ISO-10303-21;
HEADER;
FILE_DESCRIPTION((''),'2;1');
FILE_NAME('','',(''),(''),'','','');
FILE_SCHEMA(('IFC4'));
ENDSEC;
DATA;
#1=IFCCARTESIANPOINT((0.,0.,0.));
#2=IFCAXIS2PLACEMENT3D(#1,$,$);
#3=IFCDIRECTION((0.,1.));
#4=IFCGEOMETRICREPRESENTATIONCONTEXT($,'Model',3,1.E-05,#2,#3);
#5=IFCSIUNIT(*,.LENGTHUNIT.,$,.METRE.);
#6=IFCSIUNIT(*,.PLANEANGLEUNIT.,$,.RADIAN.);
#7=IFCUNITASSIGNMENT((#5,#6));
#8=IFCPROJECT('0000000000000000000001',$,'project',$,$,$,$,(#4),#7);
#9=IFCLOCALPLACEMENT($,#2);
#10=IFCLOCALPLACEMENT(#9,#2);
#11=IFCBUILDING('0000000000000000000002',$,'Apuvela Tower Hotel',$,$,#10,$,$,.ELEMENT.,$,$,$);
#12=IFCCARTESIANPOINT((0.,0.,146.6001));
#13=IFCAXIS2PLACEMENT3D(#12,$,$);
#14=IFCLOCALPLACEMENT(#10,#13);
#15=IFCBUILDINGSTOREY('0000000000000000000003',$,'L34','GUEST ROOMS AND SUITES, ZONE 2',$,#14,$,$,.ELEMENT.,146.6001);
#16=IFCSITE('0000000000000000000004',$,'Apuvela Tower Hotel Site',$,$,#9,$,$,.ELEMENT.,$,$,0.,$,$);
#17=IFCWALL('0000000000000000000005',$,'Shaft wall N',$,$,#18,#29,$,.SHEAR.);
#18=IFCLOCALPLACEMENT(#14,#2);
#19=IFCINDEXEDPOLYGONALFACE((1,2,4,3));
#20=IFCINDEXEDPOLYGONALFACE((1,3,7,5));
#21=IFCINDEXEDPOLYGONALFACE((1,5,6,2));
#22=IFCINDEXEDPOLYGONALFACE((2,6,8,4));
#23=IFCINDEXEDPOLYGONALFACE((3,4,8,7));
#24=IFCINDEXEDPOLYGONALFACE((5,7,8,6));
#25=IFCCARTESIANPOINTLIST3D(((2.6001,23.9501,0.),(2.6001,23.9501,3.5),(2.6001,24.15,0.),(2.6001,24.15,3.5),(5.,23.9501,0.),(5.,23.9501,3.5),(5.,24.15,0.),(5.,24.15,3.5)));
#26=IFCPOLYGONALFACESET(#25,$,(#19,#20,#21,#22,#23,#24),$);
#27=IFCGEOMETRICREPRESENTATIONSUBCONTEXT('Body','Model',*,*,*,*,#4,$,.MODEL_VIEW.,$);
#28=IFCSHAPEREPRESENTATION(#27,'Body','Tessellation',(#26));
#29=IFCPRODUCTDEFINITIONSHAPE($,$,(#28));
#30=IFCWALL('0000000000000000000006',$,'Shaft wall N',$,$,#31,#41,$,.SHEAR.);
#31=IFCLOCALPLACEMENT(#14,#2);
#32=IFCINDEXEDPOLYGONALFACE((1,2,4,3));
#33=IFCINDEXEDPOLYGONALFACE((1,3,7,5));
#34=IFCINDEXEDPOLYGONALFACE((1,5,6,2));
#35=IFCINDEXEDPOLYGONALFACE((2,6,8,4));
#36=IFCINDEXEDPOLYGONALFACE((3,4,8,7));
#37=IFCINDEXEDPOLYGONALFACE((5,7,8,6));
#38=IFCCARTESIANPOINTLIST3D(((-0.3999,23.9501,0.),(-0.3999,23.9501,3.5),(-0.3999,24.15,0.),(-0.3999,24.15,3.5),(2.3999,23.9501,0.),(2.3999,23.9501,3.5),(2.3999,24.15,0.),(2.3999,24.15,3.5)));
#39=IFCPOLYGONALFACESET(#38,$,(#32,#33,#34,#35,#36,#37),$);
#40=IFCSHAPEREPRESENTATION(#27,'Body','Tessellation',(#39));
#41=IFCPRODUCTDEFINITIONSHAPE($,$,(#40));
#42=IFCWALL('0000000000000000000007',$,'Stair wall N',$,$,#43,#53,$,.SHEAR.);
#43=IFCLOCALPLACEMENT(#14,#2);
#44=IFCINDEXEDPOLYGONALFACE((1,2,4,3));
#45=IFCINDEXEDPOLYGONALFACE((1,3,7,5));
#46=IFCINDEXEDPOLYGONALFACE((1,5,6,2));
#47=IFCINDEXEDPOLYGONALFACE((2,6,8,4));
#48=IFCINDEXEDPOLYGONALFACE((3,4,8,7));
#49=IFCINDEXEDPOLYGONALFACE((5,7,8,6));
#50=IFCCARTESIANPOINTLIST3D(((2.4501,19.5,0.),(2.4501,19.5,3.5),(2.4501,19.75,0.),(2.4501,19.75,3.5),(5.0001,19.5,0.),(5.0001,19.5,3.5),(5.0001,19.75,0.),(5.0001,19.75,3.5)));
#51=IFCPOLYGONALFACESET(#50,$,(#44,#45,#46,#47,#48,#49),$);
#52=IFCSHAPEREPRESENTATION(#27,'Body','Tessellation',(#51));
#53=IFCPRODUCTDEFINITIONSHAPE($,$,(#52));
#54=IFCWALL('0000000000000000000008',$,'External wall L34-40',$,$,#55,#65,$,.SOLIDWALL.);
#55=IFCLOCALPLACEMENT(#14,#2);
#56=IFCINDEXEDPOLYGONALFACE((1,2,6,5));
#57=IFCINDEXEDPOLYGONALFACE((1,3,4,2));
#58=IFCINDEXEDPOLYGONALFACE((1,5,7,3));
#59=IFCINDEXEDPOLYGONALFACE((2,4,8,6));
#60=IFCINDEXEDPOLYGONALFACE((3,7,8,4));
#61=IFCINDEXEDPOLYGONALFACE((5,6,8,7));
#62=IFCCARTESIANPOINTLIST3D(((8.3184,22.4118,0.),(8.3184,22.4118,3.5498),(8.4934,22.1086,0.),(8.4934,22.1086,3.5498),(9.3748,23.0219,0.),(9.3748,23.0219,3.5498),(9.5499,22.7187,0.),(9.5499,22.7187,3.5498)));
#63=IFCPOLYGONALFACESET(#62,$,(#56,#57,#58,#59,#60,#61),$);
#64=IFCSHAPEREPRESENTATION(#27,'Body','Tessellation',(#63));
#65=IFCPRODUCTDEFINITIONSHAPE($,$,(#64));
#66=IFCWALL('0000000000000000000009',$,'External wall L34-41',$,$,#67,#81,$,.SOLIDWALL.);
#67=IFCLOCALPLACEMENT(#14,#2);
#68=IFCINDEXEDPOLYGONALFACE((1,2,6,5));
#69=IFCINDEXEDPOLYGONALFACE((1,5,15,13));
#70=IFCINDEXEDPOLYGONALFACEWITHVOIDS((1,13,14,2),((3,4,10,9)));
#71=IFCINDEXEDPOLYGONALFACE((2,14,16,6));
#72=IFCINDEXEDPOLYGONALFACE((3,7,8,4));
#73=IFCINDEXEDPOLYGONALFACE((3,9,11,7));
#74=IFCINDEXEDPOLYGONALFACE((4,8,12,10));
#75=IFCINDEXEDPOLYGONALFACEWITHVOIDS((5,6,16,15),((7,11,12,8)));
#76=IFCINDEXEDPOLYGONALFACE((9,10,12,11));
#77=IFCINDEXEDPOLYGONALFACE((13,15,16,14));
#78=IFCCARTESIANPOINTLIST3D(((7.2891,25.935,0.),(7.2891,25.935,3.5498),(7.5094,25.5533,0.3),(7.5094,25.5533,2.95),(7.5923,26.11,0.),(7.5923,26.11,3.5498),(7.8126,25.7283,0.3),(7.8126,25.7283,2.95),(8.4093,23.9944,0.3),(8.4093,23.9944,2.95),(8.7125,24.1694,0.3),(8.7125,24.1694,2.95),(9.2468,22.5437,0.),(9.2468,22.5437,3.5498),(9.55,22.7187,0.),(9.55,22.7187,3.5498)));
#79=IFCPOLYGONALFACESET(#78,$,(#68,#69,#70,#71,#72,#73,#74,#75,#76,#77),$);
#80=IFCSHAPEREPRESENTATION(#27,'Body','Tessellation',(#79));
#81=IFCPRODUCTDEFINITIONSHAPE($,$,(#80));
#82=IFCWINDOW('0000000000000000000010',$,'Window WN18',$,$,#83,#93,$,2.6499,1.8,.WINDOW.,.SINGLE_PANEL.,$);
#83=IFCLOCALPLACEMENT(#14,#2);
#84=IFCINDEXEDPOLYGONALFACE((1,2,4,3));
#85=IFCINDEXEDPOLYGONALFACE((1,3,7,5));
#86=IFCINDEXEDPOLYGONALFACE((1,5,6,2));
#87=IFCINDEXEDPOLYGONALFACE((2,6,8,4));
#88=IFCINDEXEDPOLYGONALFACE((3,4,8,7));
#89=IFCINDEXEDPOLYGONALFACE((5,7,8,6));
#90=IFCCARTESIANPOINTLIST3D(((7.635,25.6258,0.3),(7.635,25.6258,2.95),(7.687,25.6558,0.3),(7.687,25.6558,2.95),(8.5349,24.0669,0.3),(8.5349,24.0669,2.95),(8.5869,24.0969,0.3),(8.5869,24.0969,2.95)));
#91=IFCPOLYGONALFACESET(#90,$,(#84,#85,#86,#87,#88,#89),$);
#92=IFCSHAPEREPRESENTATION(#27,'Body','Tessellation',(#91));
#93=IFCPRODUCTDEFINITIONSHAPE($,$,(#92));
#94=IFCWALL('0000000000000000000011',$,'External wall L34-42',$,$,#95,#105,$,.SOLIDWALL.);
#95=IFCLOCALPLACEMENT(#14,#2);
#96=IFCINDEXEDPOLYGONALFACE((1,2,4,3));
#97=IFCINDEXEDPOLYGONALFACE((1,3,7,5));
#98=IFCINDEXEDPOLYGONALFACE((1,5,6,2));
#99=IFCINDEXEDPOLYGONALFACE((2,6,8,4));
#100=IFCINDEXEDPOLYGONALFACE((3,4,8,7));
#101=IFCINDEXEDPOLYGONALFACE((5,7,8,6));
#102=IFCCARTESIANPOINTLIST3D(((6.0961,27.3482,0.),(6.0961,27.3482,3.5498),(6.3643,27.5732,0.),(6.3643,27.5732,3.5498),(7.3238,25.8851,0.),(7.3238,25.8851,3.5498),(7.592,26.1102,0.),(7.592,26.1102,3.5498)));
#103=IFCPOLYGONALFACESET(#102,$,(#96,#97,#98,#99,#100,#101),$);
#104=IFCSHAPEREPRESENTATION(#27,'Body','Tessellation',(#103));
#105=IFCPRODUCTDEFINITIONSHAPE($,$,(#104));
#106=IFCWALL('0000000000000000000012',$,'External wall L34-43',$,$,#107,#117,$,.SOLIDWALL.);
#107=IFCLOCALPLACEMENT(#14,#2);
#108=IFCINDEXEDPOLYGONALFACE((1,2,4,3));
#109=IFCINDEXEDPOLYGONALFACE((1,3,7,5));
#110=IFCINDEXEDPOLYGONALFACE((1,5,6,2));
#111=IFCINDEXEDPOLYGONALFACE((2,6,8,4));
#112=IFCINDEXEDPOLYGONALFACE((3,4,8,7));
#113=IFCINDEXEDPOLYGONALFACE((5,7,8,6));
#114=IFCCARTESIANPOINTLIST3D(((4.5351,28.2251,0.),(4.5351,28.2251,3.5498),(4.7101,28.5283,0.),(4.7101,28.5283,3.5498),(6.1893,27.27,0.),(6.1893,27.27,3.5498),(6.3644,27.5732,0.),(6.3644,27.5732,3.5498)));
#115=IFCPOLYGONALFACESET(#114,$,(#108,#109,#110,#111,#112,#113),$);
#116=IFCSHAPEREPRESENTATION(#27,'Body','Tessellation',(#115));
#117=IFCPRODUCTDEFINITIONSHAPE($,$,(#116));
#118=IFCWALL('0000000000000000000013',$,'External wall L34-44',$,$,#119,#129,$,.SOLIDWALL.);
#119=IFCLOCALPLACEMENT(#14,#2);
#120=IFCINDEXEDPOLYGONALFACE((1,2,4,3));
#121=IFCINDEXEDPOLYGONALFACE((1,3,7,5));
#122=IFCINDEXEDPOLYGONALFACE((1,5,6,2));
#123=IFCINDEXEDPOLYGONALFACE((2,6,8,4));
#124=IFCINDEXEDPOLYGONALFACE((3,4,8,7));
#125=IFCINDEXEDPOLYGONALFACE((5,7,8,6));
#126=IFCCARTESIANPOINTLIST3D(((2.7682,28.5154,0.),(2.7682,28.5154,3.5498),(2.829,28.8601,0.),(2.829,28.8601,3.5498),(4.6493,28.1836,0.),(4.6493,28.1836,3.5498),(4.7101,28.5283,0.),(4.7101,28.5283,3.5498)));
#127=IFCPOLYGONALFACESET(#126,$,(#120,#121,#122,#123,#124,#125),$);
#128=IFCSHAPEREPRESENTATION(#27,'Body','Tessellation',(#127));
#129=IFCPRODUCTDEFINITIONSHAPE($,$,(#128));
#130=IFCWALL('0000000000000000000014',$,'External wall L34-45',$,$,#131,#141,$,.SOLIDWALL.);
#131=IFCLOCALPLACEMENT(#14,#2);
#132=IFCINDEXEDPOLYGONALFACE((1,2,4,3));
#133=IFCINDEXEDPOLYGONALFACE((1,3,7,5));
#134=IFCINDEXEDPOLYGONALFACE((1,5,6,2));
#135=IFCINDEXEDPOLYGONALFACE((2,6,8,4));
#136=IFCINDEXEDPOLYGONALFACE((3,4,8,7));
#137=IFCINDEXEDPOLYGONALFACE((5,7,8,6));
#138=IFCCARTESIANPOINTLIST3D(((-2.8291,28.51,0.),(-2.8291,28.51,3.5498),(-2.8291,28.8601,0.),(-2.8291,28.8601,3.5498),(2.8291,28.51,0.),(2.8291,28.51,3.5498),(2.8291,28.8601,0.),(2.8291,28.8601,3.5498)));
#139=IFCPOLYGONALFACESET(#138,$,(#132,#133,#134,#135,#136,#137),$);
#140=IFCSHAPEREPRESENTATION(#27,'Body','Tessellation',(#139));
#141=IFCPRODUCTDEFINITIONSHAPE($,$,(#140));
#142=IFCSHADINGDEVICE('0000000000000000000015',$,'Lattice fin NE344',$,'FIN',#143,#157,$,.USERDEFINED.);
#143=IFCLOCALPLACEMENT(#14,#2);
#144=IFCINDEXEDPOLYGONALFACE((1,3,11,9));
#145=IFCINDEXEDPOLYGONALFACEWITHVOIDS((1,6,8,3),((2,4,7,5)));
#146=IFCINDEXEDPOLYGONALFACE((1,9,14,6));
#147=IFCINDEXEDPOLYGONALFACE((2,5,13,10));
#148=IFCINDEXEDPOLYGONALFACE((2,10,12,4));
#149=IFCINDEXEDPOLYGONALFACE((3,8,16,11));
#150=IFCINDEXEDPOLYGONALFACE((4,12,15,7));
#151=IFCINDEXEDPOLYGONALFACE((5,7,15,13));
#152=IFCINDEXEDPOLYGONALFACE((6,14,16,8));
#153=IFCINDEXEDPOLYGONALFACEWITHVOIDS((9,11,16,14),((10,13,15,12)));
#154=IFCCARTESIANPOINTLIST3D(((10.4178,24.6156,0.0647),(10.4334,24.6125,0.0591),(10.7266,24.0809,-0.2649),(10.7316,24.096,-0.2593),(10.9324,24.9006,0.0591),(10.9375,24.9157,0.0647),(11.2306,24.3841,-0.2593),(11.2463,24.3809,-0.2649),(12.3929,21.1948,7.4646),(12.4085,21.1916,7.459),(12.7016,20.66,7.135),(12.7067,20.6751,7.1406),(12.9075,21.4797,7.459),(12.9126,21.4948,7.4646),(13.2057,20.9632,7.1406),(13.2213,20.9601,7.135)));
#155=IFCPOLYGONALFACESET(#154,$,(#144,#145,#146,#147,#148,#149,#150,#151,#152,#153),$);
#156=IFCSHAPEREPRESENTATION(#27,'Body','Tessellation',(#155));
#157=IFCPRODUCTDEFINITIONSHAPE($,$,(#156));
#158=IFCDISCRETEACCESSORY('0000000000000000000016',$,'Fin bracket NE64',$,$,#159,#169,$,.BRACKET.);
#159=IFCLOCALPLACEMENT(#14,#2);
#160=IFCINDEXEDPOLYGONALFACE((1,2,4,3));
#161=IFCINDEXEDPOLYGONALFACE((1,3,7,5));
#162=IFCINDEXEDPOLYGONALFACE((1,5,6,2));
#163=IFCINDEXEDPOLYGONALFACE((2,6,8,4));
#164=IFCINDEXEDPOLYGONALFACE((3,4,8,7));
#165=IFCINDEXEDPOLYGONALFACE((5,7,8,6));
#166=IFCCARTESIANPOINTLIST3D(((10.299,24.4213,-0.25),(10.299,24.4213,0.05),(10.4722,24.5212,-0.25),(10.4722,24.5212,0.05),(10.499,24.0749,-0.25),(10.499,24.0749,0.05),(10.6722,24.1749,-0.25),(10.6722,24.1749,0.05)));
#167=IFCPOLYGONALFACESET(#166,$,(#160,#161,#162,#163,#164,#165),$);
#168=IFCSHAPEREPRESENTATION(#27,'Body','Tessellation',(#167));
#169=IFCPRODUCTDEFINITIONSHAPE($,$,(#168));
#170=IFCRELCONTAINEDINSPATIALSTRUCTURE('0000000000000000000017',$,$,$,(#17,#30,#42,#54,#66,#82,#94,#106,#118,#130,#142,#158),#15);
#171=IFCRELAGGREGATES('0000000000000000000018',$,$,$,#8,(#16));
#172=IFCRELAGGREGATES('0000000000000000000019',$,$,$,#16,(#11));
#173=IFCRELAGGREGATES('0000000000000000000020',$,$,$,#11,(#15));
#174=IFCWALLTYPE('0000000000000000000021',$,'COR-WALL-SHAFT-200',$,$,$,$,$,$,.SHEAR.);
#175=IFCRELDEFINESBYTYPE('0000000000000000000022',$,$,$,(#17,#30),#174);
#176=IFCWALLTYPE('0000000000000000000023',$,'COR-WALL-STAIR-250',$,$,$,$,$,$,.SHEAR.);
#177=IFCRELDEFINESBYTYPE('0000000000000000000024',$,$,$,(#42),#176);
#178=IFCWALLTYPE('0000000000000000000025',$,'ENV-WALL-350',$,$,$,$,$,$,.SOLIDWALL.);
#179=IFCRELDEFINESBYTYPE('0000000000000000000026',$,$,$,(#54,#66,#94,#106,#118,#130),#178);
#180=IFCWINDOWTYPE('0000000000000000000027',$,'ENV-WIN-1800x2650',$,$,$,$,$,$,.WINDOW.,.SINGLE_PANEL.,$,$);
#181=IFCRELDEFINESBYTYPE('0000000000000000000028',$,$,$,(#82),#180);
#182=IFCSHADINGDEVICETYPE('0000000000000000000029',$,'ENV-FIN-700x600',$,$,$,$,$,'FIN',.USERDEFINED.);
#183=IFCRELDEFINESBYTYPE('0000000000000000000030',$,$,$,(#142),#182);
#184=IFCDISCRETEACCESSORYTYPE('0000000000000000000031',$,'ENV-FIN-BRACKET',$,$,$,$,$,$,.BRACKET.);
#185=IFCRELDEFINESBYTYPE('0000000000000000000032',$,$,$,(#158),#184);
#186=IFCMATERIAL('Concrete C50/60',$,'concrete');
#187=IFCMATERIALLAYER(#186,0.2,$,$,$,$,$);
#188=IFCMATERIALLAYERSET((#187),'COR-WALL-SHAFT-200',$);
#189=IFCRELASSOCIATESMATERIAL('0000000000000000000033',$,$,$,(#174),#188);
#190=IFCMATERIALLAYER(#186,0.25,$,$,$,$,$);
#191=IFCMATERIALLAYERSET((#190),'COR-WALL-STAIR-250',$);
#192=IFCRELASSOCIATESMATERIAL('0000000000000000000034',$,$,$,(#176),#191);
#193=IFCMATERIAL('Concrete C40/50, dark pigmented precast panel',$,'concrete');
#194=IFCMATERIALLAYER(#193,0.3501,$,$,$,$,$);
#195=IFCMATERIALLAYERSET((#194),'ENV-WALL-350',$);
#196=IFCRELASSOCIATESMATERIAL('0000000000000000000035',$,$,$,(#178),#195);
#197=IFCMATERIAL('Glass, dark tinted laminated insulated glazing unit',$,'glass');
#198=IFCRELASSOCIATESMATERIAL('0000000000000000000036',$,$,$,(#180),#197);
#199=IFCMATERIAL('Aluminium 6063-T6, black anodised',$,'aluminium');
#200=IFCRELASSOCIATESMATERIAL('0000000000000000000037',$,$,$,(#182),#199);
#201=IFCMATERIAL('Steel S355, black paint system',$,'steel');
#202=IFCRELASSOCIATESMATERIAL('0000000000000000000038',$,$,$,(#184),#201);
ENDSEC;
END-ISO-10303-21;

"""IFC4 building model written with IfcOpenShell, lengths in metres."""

from ifc_helpers import new_model, si_unit, direction, frame, frame_2d, origin, origin_2d, place, context, subcontext, project, spatial, rectangle, hollow_rectangle, extrude, material, layer, layer_set, material_profile, profile_set, type_object, element, fill, save


model = new_model("IFC4")

# Units and contexts
model_context = context("Model", 3, precision=1e-05, world=origin(), true_north=direction((0.0, 1.0)))
body_context = subcontext(model_context, "Body", "Model", "MODEL_VIEW")
ifc_project = project(units=[si_unit("LENGTHUNIT", "METRE"), si_unit("PLANEANGLEUNIT", "RADIAN")], contexts=[model_context])

# Site, building, storey
site_placement = place(None, origin())
site = spatial("IfcSite", under=ifc_project, at=site_placement, Name="Apuvela Tower Hotel Site", CompositionType="ELEMENT", RefElevation=0.0)
building_placement = place(site_placement, origin())
building = spatial("IfcBuilding", under=site, at=building_placement, Name="Apuvela Tower Hotel", CompositionType="ELEMENT")
storey_placement = place(building_placement, frame((0.0, 0.0, 146.6001)))
storey = spatial("IfcBuildingStorey", under=building, at=storey_placement, Name="L34", Description="GUEST ROOMS AND SUITES, ZONE 2", CompositionType="ELEMENT", Elevation=146.6001)

# Walls
ifc_material_1 = material(Name="Concrete C50/60", Category="concrete")
ifc_layer_1 = layer(ifc_material_1, 0.2)
ifc_layer_set_1 = layer_set([ifc_layer_1], Name="COR-WALL-SHAFT-200")
wall_type_1 = type_object("IfcWallType", Name="COR-WALL-SHAFT-200", PredefinedType="SHEAR", material=ifc_layer_set_1)
wall_1_placement = place(storey_placement, frame((5.0, 24.05, 0.0), z_axis=(0.0, 0.0, 1.0), x_axis=(-1.0, 0.0, 0.0)))
element("IfcWall", 1, at=wall_1_placement, inside=storey, type_object=wall_type_1, Name="Shaft wall N", PredefinedType="SHEAR", context=body_context, shape_type="SweptSolid", body=[
    extrude(rectangle(XDim=2.3999, YDim=0.2, at=frame_2d((1.2, 0.0))), origin(), (0.0, 0.0, 1.0), 3.5),
])
wall_2_placement = place(storey_placement, frame((2.3999, 24.05, 0.0), z_axis=(0.0, 0.0, 1.0), x_axis=(-1.0, 0.0, 0.0)))
element("IfcWall", 2, at=wall_2_placement, inside=storey, type_object=wall_type_1, Name="Shaft wall N", PredefinedType="SHEAR", context=body_context, shape_type="SweptSolid", body=[
    extrude(rectangle(XDim=2.7998, YDim=0.2, at=frame_2d((1.3999, 0.0))), origin(), (0.0, 0.0, 1.0), 3.5),
])
ifc_layer_2 = layer(ifc_material_1, 0.25)
ifc_layer_set_2 = layer_set([ifc_layer_2], Name="COR-WALL-STAIR-250")
wall_type_2 = type_object("IfcWallType", Name="COR-WALL-STAIR-250", PredefinedType="SHEAR", material=ifc_layer_set_2)
wall_3_placement = place(storey_placement, frame((5.0, 19.625, 0.0), z_axis=(0.0, 0.0, 1.0), x_axis=(-1.0, 0.0, 0.0)))
element("IfcWall", 3, at=wall_3_placement, inside=storey, type_object=wall_type_2, Name="Stair wall N", PredefinedType="SHEAR", context=body_context, shape_type="SweptSolid", body=[
    extrude(rectangle(XDim=2.55, YDim=0.25, at=frame_2d((1.2749, 0.0))), origin(), (0.0, 0.0, 1.0), 3.5),
])
ifc_material_2 = material(Name="Concrete C40/50, dark pigmented precast panel", Category="concrete")
ifc_layer_3 = layer(ifc_material_2, 0.3501)
ifc_layer_set_3 = layer_set([ifc_layer_3], Name="ENV-WALL-350")
wall_type_3 = type_object("IfcWallType", Name="ENV-WALL-350", PredefinedType="SOLIDWALL", material=ifc_layer_set_3)
wall_4_placement = place(storey_placement, frame((8.406, 22.2603, 0.0), z_axis=(0.0, 0.0, 1.0), x_axis=(0.865956, 0.500121, 0.0)))
element("IfcWall", 4, at=wall_4_placement, inside=storey, type_object=wall_type_3, Name="External wall L34-40", PredefinedType="SOLIDWALL", context=body_context, shape_type="SweptSolid", body=[
    extrude(rectangle(XDim=1.22, YDim=0.3501, at=frame_2d((0.6099, 0.0))), origin(), (0.0, 0.0, 1.0), 3.5498),
])

# Wall, opening, window
wall_5_placement = place(storey_placement, frame((9.3984, 22.6311, 0.0), z_axis=(0.0, 0.0, 1.0), x_axis=(-0.499955, 0.866052, 0.0)))
wall_5 = element("IfcWall", 5, at=wall_5_placement, inside=storey, type_object=wall_type_3, Name="External wall L34-41", PredefinedType="SOLIDWALL", context=body_context, shape_type="SweptSolid", body=[
    extrude(rectangle(XDim=3.9158, YDim=0.3501, at=frame_2d((1.958, 0.0))), origin(), (0.0, 0.0, 1.0), 3.5498),
])
opening_placement = place(wall_5_placement, frame((1.6753, 0.0, 0.3)))
opening = element("IfcOpeningElement", 6, at=opening_placement, cuts=wall_5, PredefinedType="OPENING", context=body_context, shape_type="SweptSolid", body=[
    extrude(rectangle(XDim=1.8, YDim=2.6499, at=frame_2d((0.8999, 1.325))), frame((0.0, 0.1851, 0.0), z_axis=(0.0, -1.0, 0.0), x_axis=(1.0, 0.0, 0.0)), (0.0, 0.0, 1.0), 0.3701),
])
ifc_material_3 = material(Name="Glass, dark tinted laminated insulated glazing unit", Category="glass")
window_type = type_object("IfcWindowType", Name="ENV-WIN-1800x2650", PartitioningType="SINGLE_PANEL", PredefinedType="WINDOW", material=ifc_material_3)
window_placement = place(opening_placement, origin())
window = element("IfcWindow", 7, at=window_placement, inside=storey, type_object=window_type, Name="Window WN18", OverallHeight=2.6499, OverallWidth=1.8, PartitioningType="SINGLE_PANEL", PredefinedType="WINDOW", context=body_context, shape_type="SweptSolid", body=[
    extrude(rectangle(XDim=1.8, YDim=2.6499, at=frame_2d((0.8999, 1.325))), frame((0.0, 0.03, 0.0), z_axis=(0.0, -1.0, 0.0), x_axis=(1.0, 0.0, 0.0)), (0.0, 0.0, 1.0), 0.0601),
])
fill(opening, window)

# Walls
wall_6_placement = place(storey_placement, frame((7.458, 25.9976, 0.0), z_axis=(0.0, 0.0, 1.0), x_axis=(-0.642808, 0.766027, 0.0)))
element("IfcWall", 8, at=wall_6_placement, inside=storey, type_object=wall_type_3, Name="External wall L34-42", PredefinedType="SOLIDWALL", context=body_context, shape_type="SweptSolid", body=[
    extrude(rectangle(XDim=1.9099, YDim=0.3501, at=frame_2d((0.9551, 0.0))), origin(), (0.0, 0.0, 1.0), 3.5498),
])
for number, where, z_axis, x_axis, name in (
    (9, (6.2769, 27.4216, 0.0), (0.0, 0.0, 1.0), (-0.866032, 0.499988, 0.0), "External wall L34-43"),
    (10, (4.6797, 28.356, 0.0), (0.0, 0.0, 1.0), (-0.984799, 0.173698, 0.0), "External wall L34-44"),
):
    element("IfcWall", number, at=place(storey_placement, frame(where, z_axis=z_axis, x_axis=x_axis)), inside=storey, type_object=wall_type_3, Name=name, PredefinedType="SOLIDWALL", context=body_context, shape_type="SweptSolid", body=[
        extrude(rectangle(XDim=1.9102, YDim=0.3501, at=frame_2d((0.9551, 0.0))), origin(), (0.0, 0.0, 1.0), 3.5498),
    ])
wall_7_placement = place(storey_placement, frame((2.8291, 28.6851, 0.0), z_axis=(0.0, 0.0, 1.0), x_axis=(-1.0, 0.0, 0.0)))
element("IfcWall", 11, at=wall_7_placement, inside=storey, type_object=wall_type_3, Name="External wall L34-45", PredefinedType="SOLIDWALL", context=body_context, shape_type="SweptSolid", body=[
    extrude(rectangle(XDim=5.6582, YDim=0.3501, at=frame_2d((2.8291, 0.0))), origin(), (0.0, 0.0, 1.0), 3.5498),
])

# Shading device
ifc_material_4 = material(Name="Aluminium 6063-T6, black anodised", Category="aluminium")
ifc_material_profile_1 = material_profile(ifc_material_4, hollow_rectangle(XDim=0.6001, YDim=0.7, WallThickness=0.012, at=origin_2d()), Name="AL BOX 700x600x12")
ifc_profile_set_1 = profile_set([ifc_material_profile_1], Name="Aluminium 6063-T6, black anodised")
shading_device_type = type_object("IfcShadingDeviceType", Name="ENV-FIN-700x600", ElementType="FIN", PredefinedType="USERDEFINED", material=ifc_profile_set_1)
shading_device_placement = place(storey_placement, frame((10.832, 24.4983, -0.1001), z_axis=(0.235461, -0.407822, 0.882179), x_axis=(0.866021, 0.500008, 0.0)))
element("IfcShadingDevice", 12, at=shading_device_placement, inside=storey, type_object=shading_device_type, Name="Lattice fin NE344", ObjectType="FIN", PredefinedType="USERDEFINED", context=body_context, shape_type="SweptSolid", body=[
    extrude(hollow_rectangle(XDim=0.6001, YDim=0.7, WallThickness=0.012, at=origin_2d()), origin(), (0.0, 0.0, 1.0), 8.3882),
])

# Discrete accessory
ifc_material_5 = material(Name="Steel S355, black paint system", Category="steel")
discrete_accessory_type = type_object("IfcDiscreteAccessoryType", Name="ENV-FIN-BRACKET", PredefinedType="BRACKET", material=ifc_material_5)
discrete_accessory_placement = place(storey_placement, frame((10.4856, 24.2981, -0.25), z_axis=(0.0, 0.0, 1.0), x_axis=(-0.5, 0.866025, 0.0)))
element("IfcDiscreteAccessory", 13, at=discrete_accessory_placement, inside=storey, type_object=discrete_accessory_type, Name="Fin bracket NE64", PredefinedType="BRACKET", context=body_context, shape_type="SweptSolid", body=[
    extrude(rectangle(XDim=0.3999, YDim=0.2, at=origin_2d()), origin(), (0.0, 0.0, 1.0), 0.3),
])

save(model, "model.ifc")
